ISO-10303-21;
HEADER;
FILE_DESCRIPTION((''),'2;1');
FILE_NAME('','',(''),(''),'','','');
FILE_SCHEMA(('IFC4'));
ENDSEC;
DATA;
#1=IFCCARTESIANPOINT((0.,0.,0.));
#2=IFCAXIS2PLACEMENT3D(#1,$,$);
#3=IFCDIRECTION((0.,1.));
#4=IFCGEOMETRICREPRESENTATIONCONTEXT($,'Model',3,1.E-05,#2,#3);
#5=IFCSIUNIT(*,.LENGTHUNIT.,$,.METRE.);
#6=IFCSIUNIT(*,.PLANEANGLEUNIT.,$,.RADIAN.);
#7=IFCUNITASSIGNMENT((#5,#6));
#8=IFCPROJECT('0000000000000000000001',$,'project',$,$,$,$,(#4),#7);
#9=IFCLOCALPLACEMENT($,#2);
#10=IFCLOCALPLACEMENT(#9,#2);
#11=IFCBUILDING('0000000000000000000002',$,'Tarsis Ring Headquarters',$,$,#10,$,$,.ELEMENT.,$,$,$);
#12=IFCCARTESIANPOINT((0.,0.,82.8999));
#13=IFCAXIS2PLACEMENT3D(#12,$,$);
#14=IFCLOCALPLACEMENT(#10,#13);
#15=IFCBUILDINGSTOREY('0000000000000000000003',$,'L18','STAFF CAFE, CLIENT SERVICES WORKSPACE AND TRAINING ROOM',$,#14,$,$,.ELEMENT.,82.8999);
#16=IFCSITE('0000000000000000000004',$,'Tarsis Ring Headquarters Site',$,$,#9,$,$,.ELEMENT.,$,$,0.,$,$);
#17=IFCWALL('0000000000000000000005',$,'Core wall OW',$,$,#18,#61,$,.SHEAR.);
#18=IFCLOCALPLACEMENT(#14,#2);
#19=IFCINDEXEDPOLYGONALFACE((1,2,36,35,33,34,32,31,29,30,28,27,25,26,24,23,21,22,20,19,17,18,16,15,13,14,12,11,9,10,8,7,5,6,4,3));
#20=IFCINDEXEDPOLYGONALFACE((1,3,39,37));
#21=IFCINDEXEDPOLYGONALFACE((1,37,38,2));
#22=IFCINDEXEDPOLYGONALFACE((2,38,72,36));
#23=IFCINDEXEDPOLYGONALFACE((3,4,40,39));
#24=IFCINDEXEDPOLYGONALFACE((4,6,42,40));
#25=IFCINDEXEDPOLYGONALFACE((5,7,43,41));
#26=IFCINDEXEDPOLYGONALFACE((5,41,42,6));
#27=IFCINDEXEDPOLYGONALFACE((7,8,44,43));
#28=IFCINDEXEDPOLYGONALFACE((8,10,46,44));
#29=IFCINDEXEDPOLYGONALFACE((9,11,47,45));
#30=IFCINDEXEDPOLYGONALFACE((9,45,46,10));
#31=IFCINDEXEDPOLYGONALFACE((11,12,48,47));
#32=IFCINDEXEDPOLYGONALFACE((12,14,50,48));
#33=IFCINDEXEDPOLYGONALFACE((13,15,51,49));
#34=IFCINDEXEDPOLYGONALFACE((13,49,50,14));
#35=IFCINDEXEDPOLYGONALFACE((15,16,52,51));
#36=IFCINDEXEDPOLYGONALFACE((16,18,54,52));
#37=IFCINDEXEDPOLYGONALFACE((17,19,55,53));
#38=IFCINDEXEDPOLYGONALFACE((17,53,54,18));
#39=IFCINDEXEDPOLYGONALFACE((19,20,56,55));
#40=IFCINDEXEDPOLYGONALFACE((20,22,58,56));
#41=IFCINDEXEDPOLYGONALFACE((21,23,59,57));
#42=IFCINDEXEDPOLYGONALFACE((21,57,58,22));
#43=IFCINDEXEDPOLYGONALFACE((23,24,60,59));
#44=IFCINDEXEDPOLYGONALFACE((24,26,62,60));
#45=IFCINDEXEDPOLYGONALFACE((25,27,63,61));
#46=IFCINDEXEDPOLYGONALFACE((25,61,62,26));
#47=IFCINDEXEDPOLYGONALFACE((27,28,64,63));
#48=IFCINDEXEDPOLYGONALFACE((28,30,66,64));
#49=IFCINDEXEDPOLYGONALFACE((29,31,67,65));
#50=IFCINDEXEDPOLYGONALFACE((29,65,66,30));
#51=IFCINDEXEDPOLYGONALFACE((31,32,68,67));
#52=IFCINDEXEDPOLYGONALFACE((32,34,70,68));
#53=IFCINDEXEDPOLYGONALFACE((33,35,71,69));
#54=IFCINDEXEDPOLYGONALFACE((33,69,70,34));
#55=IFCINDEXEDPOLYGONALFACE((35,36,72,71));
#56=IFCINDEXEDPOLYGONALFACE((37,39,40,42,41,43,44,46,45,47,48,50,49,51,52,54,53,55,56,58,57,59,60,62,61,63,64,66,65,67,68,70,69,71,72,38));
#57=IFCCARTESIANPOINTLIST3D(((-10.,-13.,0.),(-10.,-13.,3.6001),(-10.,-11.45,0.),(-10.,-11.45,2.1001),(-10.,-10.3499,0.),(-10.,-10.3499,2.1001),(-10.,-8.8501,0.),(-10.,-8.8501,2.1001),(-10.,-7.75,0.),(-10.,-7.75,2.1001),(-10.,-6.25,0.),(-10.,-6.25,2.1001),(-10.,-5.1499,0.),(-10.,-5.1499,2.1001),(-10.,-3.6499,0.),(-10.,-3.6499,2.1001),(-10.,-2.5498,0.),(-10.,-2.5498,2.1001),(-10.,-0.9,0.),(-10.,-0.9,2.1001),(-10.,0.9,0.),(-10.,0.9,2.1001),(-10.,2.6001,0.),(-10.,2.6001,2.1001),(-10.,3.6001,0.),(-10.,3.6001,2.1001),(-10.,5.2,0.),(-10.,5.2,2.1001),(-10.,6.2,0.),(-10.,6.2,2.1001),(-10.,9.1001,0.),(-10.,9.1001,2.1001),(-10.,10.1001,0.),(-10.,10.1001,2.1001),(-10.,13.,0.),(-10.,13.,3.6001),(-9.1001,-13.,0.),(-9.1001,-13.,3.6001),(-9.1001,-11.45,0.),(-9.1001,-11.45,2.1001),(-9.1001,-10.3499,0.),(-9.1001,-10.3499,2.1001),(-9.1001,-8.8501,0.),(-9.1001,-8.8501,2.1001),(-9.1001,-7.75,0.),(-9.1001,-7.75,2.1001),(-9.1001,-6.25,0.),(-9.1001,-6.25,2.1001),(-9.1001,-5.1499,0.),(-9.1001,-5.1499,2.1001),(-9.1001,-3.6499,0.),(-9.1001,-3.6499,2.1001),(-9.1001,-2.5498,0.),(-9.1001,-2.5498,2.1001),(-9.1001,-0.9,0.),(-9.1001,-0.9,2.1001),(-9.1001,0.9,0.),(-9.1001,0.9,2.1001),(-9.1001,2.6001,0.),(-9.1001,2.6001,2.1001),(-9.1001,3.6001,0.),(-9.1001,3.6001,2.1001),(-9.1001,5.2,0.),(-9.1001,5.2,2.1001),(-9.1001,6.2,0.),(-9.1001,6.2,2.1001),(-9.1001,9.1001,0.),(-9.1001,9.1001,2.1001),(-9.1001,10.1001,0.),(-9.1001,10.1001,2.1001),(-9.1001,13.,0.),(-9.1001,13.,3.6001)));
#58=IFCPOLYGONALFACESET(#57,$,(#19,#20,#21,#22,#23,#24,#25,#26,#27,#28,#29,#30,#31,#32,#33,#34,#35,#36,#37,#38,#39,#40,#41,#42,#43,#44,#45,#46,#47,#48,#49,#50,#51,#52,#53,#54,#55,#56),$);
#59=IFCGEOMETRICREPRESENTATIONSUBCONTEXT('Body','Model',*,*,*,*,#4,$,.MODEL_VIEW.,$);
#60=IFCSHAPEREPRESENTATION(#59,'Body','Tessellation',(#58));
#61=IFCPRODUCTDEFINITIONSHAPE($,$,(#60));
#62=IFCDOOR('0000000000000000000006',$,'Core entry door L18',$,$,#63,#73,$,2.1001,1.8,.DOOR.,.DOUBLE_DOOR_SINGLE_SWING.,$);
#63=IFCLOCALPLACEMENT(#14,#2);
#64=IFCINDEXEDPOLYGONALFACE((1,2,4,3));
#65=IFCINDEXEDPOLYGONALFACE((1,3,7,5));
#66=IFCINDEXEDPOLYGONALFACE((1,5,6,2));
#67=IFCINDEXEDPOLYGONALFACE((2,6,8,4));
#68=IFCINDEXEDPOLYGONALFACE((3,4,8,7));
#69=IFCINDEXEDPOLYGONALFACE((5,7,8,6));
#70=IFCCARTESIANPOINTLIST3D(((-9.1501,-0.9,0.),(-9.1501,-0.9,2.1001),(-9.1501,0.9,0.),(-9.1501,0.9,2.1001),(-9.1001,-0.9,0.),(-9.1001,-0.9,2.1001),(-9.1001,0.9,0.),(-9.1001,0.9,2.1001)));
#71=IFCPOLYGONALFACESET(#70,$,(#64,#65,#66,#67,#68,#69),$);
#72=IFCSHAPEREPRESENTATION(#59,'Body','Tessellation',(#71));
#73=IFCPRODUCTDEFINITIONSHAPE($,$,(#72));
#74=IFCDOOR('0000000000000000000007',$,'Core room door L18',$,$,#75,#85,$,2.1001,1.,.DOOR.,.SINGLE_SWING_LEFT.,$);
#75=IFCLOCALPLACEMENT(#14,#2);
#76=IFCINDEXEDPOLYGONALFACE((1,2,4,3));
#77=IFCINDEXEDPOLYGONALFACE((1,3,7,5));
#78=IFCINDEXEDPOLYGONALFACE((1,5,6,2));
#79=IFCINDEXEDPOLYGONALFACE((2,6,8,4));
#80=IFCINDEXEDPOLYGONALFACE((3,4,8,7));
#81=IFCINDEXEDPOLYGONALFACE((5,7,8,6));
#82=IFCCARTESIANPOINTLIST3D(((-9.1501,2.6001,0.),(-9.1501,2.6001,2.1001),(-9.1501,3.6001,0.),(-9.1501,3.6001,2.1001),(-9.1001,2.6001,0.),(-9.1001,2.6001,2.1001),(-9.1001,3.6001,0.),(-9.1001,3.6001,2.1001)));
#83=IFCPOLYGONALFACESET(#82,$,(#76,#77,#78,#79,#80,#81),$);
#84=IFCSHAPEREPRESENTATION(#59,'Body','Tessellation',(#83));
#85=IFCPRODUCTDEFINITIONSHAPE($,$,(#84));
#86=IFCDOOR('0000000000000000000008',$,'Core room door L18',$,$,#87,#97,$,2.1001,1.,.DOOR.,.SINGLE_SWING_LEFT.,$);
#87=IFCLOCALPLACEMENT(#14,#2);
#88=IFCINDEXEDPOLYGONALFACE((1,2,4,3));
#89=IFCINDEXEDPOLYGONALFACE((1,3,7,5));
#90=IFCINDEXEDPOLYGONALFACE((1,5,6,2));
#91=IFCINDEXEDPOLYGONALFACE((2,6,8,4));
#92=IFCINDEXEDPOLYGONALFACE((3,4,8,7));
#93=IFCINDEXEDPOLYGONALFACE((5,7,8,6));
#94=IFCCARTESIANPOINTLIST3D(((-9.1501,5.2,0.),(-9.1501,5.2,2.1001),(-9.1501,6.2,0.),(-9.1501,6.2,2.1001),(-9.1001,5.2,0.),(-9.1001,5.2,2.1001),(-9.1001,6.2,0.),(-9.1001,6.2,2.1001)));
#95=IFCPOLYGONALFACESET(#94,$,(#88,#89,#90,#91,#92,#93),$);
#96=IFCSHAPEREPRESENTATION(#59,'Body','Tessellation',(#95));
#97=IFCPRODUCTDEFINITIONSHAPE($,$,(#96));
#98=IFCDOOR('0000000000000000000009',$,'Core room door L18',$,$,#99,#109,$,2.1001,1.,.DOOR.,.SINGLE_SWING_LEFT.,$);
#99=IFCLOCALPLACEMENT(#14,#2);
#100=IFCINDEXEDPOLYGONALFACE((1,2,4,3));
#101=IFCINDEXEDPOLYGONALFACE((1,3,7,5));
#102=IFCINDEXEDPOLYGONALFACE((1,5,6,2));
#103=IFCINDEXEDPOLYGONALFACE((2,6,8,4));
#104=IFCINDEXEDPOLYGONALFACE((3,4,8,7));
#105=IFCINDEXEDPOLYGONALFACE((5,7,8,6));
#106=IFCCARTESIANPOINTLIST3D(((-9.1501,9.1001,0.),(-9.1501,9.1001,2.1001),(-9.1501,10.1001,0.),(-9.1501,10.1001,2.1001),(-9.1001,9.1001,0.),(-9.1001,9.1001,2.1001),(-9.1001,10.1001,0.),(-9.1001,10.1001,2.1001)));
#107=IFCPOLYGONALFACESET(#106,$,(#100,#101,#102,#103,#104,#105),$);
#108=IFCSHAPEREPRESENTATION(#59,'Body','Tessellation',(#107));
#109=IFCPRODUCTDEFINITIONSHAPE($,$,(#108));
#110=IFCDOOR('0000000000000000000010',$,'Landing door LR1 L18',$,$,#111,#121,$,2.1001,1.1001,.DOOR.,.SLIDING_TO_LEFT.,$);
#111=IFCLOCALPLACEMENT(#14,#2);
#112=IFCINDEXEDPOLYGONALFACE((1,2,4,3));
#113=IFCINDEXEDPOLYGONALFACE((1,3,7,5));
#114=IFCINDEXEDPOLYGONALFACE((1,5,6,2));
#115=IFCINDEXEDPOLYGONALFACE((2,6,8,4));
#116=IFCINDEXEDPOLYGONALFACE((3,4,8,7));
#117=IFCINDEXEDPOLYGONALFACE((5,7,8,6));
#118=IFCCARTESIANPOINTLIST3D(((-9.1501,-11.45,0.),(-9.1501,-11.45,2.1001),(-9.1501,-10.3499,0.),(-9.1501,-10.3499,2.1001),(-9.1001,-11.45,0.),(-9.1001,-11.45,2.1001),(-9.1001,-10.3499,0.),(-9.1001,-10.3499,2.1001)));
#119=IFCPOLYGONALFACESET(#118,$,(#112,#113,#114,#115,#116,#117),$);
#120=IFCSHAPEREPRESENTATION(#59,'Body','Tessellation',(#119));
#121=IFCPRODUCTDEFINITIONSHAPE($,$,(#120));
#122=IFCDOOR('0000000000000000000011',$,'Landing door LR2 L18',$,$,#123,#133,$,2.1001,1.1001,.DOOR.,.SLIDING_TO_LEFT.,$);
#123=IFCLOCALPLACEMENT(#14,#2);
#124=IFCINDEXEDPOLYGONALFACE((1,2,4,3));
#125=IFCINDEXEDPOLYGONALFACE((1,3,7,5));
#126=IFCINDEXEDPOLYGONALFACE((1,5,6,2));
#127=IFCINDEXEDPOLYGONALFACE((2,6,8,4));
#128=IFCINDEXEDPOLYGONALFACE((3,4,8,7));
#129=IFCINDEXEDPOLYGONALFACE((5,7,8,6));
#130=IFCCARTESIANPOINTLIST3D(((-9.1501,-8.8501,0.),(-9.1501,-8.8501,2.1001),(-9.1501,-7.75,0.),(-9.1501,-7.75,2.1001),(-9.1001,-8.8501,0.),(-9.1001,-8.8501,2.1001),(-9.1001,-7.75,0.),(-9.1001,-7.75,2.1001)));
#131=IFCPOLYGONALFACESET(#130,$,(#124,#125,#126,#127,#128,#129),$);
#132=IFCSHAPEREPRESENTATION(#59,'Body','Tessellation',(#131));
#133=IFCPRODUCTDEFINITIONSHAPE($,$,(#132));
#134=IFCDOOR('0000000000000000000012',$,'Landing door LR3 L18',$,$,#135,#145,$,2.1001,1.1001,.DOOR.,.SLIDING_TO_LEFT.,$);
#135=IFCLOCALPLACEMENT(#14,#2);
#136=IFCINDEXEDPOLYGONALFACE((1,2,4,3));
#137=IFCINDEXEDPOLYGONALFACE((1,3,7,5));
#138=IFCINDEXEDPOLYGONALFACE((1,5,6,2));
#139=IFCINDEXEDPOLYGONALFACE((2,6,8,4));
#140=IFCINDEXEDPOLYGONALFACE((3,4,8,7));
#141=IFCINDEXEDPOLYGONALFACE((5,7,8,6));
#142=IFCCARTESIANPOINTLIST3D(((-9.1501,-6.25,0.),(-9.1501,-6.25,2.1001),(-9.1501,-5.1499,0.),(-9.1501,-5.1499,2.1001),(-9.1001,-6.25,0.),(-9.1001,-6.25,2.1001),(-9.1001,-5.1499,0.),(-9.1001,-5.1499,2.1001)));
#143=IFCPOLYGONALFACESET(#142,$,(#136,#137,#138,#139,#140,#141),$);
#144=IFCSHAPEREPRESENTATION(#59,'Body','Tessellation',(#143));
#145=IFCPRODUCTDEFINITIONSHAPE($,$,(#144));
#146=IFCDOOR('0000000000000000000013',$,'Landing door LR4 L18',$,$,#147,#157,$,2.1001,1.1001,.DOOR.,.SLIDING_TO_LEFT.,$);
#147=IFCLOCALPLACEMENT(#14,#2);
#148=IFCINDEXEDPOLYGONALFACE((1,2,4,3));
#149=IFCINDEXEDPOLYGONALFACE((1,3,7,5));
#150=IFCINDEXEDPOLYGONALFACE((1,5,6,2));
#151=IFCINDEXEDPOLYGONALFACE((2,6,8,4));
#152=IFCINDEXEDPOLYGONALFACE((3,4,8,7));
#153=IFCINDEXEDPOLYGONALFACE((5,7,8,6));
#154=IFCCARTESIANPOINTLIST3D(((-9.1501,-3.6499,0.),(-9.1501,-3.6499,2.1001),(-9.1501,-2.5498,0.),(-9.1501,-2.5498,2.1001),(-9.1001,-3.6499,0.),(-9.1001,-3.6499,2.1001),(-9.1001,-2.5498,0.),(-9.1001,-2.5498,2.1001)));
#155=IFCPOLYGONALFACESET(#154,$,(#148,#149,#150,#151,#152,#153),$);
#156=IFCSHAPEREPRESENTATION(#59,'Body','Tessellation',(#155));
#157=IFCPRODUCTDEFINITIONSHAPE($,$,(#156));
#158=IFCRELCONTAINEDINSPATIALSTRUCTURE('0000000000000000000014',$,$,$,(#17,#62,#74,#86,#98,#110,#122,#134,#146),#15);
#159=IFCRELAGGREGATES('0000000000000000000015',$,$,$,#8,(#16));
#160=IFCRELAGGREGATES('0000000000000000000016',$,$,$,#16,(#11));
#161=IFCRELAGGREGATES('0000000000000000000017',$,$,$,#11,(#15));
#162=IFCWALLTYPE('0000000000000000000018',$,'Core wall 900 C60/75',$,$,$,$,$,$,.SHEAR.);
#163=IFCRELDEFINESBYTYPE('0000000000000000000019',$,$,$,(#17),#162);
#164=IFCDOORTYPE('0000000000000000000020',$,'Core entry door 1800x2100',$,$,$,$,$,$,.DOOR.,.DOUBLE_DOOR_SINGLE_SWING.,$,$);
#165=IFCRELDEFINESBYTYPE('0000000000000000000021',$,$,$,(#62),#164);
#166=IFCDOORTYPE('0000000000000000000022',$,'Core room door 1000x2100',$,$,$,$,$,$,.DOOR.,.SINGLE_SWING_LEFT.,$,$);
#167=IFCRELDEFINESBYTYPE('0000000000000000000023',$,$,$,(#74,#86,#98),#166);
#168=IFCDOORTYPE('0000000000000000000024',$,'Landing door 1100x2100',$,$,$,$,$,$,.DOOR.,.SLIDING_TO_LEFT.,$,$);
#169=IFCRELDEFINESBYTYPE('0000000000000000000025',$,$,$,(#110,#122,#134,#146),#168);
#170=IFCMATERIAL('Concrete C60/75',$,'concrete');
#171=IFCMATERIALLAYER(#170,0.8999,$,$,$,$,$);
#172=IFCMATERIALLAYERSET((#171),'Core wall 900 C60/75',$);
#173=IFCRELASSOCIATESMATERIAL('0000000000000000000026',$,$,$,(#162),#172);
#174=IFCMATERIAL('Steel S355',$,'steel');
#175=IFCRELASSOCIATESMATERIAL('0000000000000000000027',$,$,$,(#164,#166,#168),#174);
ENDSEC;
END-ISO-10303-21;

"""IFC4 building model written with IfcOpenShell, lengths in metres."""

from ifc_helpers import new_model, si_unit, direction, frame, frame_2d, origin, place, context, subcontext, project, spatial, rectangle, extrude, material, layer, layer_set, type_object, element, fill, save


model = new_model("IFC4")

# Units and contexts
model_context = context("Model", 3, precision=1e-05, world=origin(), true_north=direction((0.0, 1.0)))
body_context = subcontext(model_context, "Body", "Model", "MODEL_VIEW")
ifc_project = project(units=[si_unit("LENGTHUNIT", "METRE"), si_unit("PLANEANGLEUNIT", "RADIAN")], contexts=[model_context])

# Site, building, storey
site_placement = place(None, origin())
site = spatial("IfcSite", under=ifc_project, at=site_placement, Name="Tarsis Ring Headquarters Site", CompositionType="ELEMENT", RefElevation=0.0)
building_placement = place(site_placement, origin())
building = spatial("IfcBuilding", under=site, at=building_placement, Name="Tarsis Ring Headquarters", CompositionType="ELEMENT")
storey_placement = place(building_placement, frame((0.0, 0.0, 82.8999)))
storey = spatial("IfcBuildingStorey", under=building, at=storey_placement, Name="L18", Description="STAFF CAFE, CLIENT SERVICES WORKSPACE AND TRAINING ROOM", CompositionType="ELEMENT", Elevation=82.8999)

# Wall, openings, doors
ifc_material_1 = material(Name="Concrete C60/75", Category="concrete")
ifc_layer_1 = layer(ifc_material_1, 0.8999)
ifc_layer_set_1 = layer_set([ifc_layer_1], Name="Core wall 900 C60/75")
wall_type_1 = type_object("IfcWallType", Name="Core wall 900 C60/75", PredefinedType="SHEAR", material=ifc_layer_set_1)
wall_1_placement = place(storey_placement, frame((-9.55, -13.0, 0.0), z_axis=(0.0, 0.0, 1.0), x_axis=(0.0, 1.0, 0.0)))
wall_1 = element("IfcWall", 1, at=wall_1_placement, inside=storey, type_object=wall_type_1, Name="Core wall OW", PredefinedType="SHEAR", context=body_context, shape_type="SweptSolid", body=[
    extrude(rectangle(XDim=26.0, YDim=0.8999, at=frame_2d((13.0, 0.0))), origin(), (0.0, 0.0, 1.0), 3.6001),
])
opening_1_placement = place(wall_1_placement, frame((1.55, 0.0, 0.0)))
opening_1 = element("IfcOpeningElement", 2, at=opening_1_placement, cuts=wall_1, PredefinedType="OPENING", context=body_context, shape_type="SweptSolid", body=[
    extrude(rectangle(XDim=1.1001, YDim=2.1001, at=frame_2d((0.55, 1.05))), frame((0.0, 0.46, 0.0), z_axis=(0.0, -1.0, 0.0), x_axis=(1.0, 0.0, 0.0)), (0.0, 0.0, 1.0), 0.9199),
])
opening_2_placement = place(wall_1_placement, frame((4.1499, 0.0, 0.0)))
opening_2 = element("IfcOpeningElement", 3, at=opening_2_placement, cuts=wall_1, PredefinedType="OPENING", context=body_context, shape_type="SweptSolid", body=[
    extrude(rectangle(XDim=1.1001, YDim=2.1001, at=frame_2d((0.55, 1.05))), frame((0.0, 0.46, 0.0), z_axis=(0.0, -1.0, 0.0), x_axis=(1.0, 0.0, 0.0)), (0.0, 0.0, 1.0), 0.9199),
])
opening_3_placement = place(wall_1_placement, frame((6.75, 0.0, 0.0)))
opening_3 = element("IfcOpeningElement", 4, at=opening_3_placement, cuts=wall_1, PredefinedType="OPENING", context=body_context, shape_type="SweptSolid", body=[
    extrude(rectangle(XDim=1.1001, YDim=2.1001, at=frame_2d((0.55, 1.05))), frame((0.0, 0.46, 0.0), z_axis=(0.0, -1.0, 0.0), x_axis=(1.0, 0.0, 0.0)), (0.0, 0.0, 1.0), 0.9199),
])
opening_4_placement = place(wall_1_placement, frame((9.3501, 0.0, 0.0)))
opening_4 = element("IfcOpeningElement", 5, at=opening_4_placement, cuts=wall_1, PredefinedType="OPENING", context=body_context, shape_type="SweptSolid", body=[
    extrude(rectangle(XDim=1.1001, YDim=2.1001, at=frame_2d((0.55, 1.05))), frame((0.0, 0.46, 0.0), z_axis=(0.0, -1.0, 0.0), x_axis=(1.0, 0.0, 0.0)), (0.0, 0.0, 1.0), 0.9199),
])
opening_5_placement = place(wall_1_placement, frame((12.1001, 0.0, 0.0)))
opening_5 = element("IfcOpeningElement", 6, at=opening_5_placement, cuts=wall_1, PredefinedType="OPENING", context=body_context, shape_type="SweptSolid", body=[
    extrude(rectangle(XDim=1.8, YDim=2.1001, at=frame_2d((0.8999, 1.05))), frame((0.0, 0.46, 0.0), z_axis=(0.0, -1.0, 0.0), x_axis=(1.0, 0.0, 0.0)), (0.0, 0.0, 1.0), 0.9199),
])
opening_6_placement = place(wall_1_placement, frame((15.6001, 0.0, 0.0)))
opening_6 = element("IfcOpeningElement", 7, at=opening_6_placement, cuts=wall_1, PredefinedType="OPENING", context=body_context, shape_type="SweptSolid", body=[
    extrude(rectangle(XDim=1.0, YDim=2.1001, at=frame_2d((0.5, 1.05))), frame((0.0, 0.46, 0.0), z_axis=(0.0, -1.0, 0.0), x_axis=(1.0, 0.0, 0.0)), (0.0, 0.0, 1.0), 0.9199),
])
opening_7_placement = place(wall_1_placement, frame((18.2, 0.0, 0.0)))
opening_7 = element("IfcOpeningElement", 8, at=opening_7_placement, cuts=wall_1, PredefinedType="OPENING", context=body_context, shape_type="SweptSolid", body=[
    extrude(rectangle(XDim=1.0, YDim=2.1001, at=frame_2d((0.5, 1.05))), frame((0.0, 0.46, 0.0), z_axis=(0.0, -1.0, 0.0), x_axis=(1.0, 0.0, 0.0)), (0.0, 0.0, 1.0), 0.9199),
])
opening_8_placement = place(wall_1_placement, frame((22.1001, 0.0, 0.0)))
opening_8 = element("IfcOpeningElement", 9, at=opening_8_placement, cuts=wall_1, PredefinedType="OPENING", context=body_context, shape_type="SweptSolid", body=[
    extrude(rectangle(XDim=1.0, YDim=2.1001, at=frame_2d((0.5, 1.05))), frame((0.0, 0.46, 0.0), z_axis=(0.0, -1.0, 0.0), x_axis=(1.0, 0.0, 0.0)), (0.0, 0.0, 1.0), 0.9199),
])
ifc_material_2 = material(Name="Steel S355", Category="steel")
door_type_1 = type_object("IfcDoorType", Name="Core entry door 1800x2100", OperationType="DOUBLE_DOOR_SINGLE_SWING", PredefinedType="DOOR", material=ifc_material_2)
door_1_placement = place(opening_5_placement, origin())
door_1 = element("IfcDoor", 10, at=door_1_placement, inside=storey, type_object=door_type_1, Name="Core entry door L18", OperationType="DOUBLE_DOOR_SINGLE_SWING", OverallHeight=2.1001, OverallWidth=1.8, PredefinedType="DOOR", context=body_context, shape_type="SweptSolid", body=[
    extrude(rectangle(XDim=1.8, YDim=2.1001, at=frame_2d((0.8999, 1.05))), frame((0.0, -0.3999, 0.0), z_axis=(0.0, -1.0, 0.0), x_axis=(1.0, 0.0, 0.0)), (0.0, 0.0, 1.0), 0.05),
])
fill(opening_5, door_1)
door_type_2 = type_object("IfcDoorType", Name="Core room door 1000x2100", OperationType="SINGLE_SWING_LEFT", PredefinedType="DOOR", material=ifc_material_2)
door_2_placement = place(opening_6_placement, origin())
door_2 = element("IfcDoor", 11, at=door_2_placement, inside=storey, type_object=door_type_2, Name="Core room door L18", OperationType="SINGLE_SWING_LEFT", OverallHeight=2.1001, OverallWidth=1.0, PredefinedType="DOOR", context=body_context, shape_type="SweptSolid", body=[
    extrude(rectangle(XDim=1.0, YDim=2.1001, at=frame_2d((0.5, 1.05))), frame((0.0, -0.3999, 0.0), z_axis=(0.0, -1.0, 0.0), x_axis=(1.0, 0.0, 0.0)), (0.0, 0.0, 1.0), 0.05),
])
fill(opening_6, door_2)
door_3_placement = place(opening_7_placement, origin())
door_3 = element("IfcDoor", 12, at=door_3_placement, inside=storey, type_object=door_type_2, Name="Core room door L18", OperationType="SINGLE_SWING_LEFT", OverallHeight=2.1001, OverallWidth=1.0, PredefinedType="DOOR", context=body_context, shape_type="SweptSolid", body=[
    extrude(rectangle(XDim=1.0, YDim=2.1001, at=frame_2d((0.5, 1.05))), frame((0.0, -0.3999, 0.0), z_axis=(0.0, -1.0, 0.0), x_axis=(1.0, 0.0, 0.0)), (0.0, 0.0, 1.0), 0.05),
])
fill(opening_7, door_3)
door_4_placement = place(opening_8_placement, origin())
door_4 = element("IfcDoor", 13, at=door_4_placement, inside=storey, type_object=door_type_2, Name="Core room door L18", OperationType="SINGLE_SWING_LEFT", OverallHeight=2.1001, OverallWidth=1.0, PredefinedType="DOOR", context=body_context, shape_type="SweptSolid", body=[
    extrude(rectangle(XDim=1.0, YDim=2.1001, at=frame_2d((0.5, 1.05))), frame((0.0, -0.3999, 0.0), z_axis=(0.0, -1.0, 0.0), x_axis=(1.0, 0.0, 0.0)), (0.0, 0.0, 1.0), 0.05),
])
fill(opening_8, door_4)
door_type_3 = type_object("IfcDoorType", Name="Landing door 1100x2100", OperationType="SLIDING_TO_LEFT", PredefinedType="DOOR", material=ifc_material_2)
door_5_placement = place(opening_1_placement, origin())
door_5 = element("IfcDoor", 14, at=door_5_placement, inside=storey, type_object=door_type_3, Name="Landing door LR1 L18", OperationType="SLIDING_TO_LEFT", OverallHeight=2.1001, OverallWidth=1.1001, PredefinedType="DOOR", context=body_context, shape_type="SweptSolid", body=[
    extrude(rectangle(XDim=1.1001, YDim=2.1001, at=frame_2d((0.55, 1.05))), frame((0.0, -0.3999, 0.0), z_axis=(0.0, -1.0, 0.0), x_axis=(1.0, 0.0, 0.0)), (0.0, 0.0, 1.0), 0.05),
])
fill(opening_1, door_5)
door_6_placement = place(opening_2_placement, origin())
door_6 = element("IfcDoor", 15, at=door_6_placement, inside=storey, type_object=door_type_3, Name="Landing door LR2 L18", OperationType="SLIDING_TO_LEFT", OverallHeight=2.1001, OverallWidth=1.1001, PredefinedType="DOOR", context=body_context, shape_type="SweptSolid", body=[
    extrude(rectangle(XDim=1.1001, YDim=2.1001, at=frame_2d((0.55, 1.05))), frame((0.0, -0.3999, 0.0), z_axis=(0.0, -1.0, 0.0), x_axis=(1.0, 0.0, 0.0)), (0.0, 0.0, 1.0), 0.05),
])
fill(opening_2, door_6)
door_7_placement = place(opening_3_placement, origin())
door_7 = element("IfcDoor", 16, at=door_7_placement, inside=storey, type_object=door_type_3, Name="Landing door LR3 L18", OperationType="SLIDING_TO_LEFT", OverallHeight=2.1001, OverallWidth=1.1001, PredefinedType="DOOR", context=body_context, shape_type="SweptSolid", body=[
    extrude(rectangle(XDim=1.1001, YDim=2.1001, at=frame_2d((0.55, 1.05))), frame((0.0, -0.3999, 0.0), z_axis=(0.0, -1.0, 0.0), x_axis=(1.0, 0.0, 0.0)), (0.0, 0.0, 1.0), 0.05),
])
fill(opening_3, door_7)
door_8_placement = place(opening_4_placement, origin())
door_8 = element("IfcDoor", 17, at=door_8_placement, inside=storey, type_object=door_type_3, Name="Landing door LR4 L18", OperationType="SLIDING_TO_LEFT", OverallHeight=2.1001, OverallWidth=1.1001, PredefinedType="DOOR", context=body_context, shape_type="SweptSolid", body=[
    extrude(rectangle(XDim=1.1001, YDim=2.1001, at=frame_2d((0.55, 1.05))), frame((0.0, -0.3999, 0.0), z_axis=(0.0, -1.0, 0.0), x_axis=(1.0, 0.0, 0.0)), (0.0, 0.0, 1.0), 0.05),
])
fill(opening_4, door_8)

save(model, "model.ifc")
